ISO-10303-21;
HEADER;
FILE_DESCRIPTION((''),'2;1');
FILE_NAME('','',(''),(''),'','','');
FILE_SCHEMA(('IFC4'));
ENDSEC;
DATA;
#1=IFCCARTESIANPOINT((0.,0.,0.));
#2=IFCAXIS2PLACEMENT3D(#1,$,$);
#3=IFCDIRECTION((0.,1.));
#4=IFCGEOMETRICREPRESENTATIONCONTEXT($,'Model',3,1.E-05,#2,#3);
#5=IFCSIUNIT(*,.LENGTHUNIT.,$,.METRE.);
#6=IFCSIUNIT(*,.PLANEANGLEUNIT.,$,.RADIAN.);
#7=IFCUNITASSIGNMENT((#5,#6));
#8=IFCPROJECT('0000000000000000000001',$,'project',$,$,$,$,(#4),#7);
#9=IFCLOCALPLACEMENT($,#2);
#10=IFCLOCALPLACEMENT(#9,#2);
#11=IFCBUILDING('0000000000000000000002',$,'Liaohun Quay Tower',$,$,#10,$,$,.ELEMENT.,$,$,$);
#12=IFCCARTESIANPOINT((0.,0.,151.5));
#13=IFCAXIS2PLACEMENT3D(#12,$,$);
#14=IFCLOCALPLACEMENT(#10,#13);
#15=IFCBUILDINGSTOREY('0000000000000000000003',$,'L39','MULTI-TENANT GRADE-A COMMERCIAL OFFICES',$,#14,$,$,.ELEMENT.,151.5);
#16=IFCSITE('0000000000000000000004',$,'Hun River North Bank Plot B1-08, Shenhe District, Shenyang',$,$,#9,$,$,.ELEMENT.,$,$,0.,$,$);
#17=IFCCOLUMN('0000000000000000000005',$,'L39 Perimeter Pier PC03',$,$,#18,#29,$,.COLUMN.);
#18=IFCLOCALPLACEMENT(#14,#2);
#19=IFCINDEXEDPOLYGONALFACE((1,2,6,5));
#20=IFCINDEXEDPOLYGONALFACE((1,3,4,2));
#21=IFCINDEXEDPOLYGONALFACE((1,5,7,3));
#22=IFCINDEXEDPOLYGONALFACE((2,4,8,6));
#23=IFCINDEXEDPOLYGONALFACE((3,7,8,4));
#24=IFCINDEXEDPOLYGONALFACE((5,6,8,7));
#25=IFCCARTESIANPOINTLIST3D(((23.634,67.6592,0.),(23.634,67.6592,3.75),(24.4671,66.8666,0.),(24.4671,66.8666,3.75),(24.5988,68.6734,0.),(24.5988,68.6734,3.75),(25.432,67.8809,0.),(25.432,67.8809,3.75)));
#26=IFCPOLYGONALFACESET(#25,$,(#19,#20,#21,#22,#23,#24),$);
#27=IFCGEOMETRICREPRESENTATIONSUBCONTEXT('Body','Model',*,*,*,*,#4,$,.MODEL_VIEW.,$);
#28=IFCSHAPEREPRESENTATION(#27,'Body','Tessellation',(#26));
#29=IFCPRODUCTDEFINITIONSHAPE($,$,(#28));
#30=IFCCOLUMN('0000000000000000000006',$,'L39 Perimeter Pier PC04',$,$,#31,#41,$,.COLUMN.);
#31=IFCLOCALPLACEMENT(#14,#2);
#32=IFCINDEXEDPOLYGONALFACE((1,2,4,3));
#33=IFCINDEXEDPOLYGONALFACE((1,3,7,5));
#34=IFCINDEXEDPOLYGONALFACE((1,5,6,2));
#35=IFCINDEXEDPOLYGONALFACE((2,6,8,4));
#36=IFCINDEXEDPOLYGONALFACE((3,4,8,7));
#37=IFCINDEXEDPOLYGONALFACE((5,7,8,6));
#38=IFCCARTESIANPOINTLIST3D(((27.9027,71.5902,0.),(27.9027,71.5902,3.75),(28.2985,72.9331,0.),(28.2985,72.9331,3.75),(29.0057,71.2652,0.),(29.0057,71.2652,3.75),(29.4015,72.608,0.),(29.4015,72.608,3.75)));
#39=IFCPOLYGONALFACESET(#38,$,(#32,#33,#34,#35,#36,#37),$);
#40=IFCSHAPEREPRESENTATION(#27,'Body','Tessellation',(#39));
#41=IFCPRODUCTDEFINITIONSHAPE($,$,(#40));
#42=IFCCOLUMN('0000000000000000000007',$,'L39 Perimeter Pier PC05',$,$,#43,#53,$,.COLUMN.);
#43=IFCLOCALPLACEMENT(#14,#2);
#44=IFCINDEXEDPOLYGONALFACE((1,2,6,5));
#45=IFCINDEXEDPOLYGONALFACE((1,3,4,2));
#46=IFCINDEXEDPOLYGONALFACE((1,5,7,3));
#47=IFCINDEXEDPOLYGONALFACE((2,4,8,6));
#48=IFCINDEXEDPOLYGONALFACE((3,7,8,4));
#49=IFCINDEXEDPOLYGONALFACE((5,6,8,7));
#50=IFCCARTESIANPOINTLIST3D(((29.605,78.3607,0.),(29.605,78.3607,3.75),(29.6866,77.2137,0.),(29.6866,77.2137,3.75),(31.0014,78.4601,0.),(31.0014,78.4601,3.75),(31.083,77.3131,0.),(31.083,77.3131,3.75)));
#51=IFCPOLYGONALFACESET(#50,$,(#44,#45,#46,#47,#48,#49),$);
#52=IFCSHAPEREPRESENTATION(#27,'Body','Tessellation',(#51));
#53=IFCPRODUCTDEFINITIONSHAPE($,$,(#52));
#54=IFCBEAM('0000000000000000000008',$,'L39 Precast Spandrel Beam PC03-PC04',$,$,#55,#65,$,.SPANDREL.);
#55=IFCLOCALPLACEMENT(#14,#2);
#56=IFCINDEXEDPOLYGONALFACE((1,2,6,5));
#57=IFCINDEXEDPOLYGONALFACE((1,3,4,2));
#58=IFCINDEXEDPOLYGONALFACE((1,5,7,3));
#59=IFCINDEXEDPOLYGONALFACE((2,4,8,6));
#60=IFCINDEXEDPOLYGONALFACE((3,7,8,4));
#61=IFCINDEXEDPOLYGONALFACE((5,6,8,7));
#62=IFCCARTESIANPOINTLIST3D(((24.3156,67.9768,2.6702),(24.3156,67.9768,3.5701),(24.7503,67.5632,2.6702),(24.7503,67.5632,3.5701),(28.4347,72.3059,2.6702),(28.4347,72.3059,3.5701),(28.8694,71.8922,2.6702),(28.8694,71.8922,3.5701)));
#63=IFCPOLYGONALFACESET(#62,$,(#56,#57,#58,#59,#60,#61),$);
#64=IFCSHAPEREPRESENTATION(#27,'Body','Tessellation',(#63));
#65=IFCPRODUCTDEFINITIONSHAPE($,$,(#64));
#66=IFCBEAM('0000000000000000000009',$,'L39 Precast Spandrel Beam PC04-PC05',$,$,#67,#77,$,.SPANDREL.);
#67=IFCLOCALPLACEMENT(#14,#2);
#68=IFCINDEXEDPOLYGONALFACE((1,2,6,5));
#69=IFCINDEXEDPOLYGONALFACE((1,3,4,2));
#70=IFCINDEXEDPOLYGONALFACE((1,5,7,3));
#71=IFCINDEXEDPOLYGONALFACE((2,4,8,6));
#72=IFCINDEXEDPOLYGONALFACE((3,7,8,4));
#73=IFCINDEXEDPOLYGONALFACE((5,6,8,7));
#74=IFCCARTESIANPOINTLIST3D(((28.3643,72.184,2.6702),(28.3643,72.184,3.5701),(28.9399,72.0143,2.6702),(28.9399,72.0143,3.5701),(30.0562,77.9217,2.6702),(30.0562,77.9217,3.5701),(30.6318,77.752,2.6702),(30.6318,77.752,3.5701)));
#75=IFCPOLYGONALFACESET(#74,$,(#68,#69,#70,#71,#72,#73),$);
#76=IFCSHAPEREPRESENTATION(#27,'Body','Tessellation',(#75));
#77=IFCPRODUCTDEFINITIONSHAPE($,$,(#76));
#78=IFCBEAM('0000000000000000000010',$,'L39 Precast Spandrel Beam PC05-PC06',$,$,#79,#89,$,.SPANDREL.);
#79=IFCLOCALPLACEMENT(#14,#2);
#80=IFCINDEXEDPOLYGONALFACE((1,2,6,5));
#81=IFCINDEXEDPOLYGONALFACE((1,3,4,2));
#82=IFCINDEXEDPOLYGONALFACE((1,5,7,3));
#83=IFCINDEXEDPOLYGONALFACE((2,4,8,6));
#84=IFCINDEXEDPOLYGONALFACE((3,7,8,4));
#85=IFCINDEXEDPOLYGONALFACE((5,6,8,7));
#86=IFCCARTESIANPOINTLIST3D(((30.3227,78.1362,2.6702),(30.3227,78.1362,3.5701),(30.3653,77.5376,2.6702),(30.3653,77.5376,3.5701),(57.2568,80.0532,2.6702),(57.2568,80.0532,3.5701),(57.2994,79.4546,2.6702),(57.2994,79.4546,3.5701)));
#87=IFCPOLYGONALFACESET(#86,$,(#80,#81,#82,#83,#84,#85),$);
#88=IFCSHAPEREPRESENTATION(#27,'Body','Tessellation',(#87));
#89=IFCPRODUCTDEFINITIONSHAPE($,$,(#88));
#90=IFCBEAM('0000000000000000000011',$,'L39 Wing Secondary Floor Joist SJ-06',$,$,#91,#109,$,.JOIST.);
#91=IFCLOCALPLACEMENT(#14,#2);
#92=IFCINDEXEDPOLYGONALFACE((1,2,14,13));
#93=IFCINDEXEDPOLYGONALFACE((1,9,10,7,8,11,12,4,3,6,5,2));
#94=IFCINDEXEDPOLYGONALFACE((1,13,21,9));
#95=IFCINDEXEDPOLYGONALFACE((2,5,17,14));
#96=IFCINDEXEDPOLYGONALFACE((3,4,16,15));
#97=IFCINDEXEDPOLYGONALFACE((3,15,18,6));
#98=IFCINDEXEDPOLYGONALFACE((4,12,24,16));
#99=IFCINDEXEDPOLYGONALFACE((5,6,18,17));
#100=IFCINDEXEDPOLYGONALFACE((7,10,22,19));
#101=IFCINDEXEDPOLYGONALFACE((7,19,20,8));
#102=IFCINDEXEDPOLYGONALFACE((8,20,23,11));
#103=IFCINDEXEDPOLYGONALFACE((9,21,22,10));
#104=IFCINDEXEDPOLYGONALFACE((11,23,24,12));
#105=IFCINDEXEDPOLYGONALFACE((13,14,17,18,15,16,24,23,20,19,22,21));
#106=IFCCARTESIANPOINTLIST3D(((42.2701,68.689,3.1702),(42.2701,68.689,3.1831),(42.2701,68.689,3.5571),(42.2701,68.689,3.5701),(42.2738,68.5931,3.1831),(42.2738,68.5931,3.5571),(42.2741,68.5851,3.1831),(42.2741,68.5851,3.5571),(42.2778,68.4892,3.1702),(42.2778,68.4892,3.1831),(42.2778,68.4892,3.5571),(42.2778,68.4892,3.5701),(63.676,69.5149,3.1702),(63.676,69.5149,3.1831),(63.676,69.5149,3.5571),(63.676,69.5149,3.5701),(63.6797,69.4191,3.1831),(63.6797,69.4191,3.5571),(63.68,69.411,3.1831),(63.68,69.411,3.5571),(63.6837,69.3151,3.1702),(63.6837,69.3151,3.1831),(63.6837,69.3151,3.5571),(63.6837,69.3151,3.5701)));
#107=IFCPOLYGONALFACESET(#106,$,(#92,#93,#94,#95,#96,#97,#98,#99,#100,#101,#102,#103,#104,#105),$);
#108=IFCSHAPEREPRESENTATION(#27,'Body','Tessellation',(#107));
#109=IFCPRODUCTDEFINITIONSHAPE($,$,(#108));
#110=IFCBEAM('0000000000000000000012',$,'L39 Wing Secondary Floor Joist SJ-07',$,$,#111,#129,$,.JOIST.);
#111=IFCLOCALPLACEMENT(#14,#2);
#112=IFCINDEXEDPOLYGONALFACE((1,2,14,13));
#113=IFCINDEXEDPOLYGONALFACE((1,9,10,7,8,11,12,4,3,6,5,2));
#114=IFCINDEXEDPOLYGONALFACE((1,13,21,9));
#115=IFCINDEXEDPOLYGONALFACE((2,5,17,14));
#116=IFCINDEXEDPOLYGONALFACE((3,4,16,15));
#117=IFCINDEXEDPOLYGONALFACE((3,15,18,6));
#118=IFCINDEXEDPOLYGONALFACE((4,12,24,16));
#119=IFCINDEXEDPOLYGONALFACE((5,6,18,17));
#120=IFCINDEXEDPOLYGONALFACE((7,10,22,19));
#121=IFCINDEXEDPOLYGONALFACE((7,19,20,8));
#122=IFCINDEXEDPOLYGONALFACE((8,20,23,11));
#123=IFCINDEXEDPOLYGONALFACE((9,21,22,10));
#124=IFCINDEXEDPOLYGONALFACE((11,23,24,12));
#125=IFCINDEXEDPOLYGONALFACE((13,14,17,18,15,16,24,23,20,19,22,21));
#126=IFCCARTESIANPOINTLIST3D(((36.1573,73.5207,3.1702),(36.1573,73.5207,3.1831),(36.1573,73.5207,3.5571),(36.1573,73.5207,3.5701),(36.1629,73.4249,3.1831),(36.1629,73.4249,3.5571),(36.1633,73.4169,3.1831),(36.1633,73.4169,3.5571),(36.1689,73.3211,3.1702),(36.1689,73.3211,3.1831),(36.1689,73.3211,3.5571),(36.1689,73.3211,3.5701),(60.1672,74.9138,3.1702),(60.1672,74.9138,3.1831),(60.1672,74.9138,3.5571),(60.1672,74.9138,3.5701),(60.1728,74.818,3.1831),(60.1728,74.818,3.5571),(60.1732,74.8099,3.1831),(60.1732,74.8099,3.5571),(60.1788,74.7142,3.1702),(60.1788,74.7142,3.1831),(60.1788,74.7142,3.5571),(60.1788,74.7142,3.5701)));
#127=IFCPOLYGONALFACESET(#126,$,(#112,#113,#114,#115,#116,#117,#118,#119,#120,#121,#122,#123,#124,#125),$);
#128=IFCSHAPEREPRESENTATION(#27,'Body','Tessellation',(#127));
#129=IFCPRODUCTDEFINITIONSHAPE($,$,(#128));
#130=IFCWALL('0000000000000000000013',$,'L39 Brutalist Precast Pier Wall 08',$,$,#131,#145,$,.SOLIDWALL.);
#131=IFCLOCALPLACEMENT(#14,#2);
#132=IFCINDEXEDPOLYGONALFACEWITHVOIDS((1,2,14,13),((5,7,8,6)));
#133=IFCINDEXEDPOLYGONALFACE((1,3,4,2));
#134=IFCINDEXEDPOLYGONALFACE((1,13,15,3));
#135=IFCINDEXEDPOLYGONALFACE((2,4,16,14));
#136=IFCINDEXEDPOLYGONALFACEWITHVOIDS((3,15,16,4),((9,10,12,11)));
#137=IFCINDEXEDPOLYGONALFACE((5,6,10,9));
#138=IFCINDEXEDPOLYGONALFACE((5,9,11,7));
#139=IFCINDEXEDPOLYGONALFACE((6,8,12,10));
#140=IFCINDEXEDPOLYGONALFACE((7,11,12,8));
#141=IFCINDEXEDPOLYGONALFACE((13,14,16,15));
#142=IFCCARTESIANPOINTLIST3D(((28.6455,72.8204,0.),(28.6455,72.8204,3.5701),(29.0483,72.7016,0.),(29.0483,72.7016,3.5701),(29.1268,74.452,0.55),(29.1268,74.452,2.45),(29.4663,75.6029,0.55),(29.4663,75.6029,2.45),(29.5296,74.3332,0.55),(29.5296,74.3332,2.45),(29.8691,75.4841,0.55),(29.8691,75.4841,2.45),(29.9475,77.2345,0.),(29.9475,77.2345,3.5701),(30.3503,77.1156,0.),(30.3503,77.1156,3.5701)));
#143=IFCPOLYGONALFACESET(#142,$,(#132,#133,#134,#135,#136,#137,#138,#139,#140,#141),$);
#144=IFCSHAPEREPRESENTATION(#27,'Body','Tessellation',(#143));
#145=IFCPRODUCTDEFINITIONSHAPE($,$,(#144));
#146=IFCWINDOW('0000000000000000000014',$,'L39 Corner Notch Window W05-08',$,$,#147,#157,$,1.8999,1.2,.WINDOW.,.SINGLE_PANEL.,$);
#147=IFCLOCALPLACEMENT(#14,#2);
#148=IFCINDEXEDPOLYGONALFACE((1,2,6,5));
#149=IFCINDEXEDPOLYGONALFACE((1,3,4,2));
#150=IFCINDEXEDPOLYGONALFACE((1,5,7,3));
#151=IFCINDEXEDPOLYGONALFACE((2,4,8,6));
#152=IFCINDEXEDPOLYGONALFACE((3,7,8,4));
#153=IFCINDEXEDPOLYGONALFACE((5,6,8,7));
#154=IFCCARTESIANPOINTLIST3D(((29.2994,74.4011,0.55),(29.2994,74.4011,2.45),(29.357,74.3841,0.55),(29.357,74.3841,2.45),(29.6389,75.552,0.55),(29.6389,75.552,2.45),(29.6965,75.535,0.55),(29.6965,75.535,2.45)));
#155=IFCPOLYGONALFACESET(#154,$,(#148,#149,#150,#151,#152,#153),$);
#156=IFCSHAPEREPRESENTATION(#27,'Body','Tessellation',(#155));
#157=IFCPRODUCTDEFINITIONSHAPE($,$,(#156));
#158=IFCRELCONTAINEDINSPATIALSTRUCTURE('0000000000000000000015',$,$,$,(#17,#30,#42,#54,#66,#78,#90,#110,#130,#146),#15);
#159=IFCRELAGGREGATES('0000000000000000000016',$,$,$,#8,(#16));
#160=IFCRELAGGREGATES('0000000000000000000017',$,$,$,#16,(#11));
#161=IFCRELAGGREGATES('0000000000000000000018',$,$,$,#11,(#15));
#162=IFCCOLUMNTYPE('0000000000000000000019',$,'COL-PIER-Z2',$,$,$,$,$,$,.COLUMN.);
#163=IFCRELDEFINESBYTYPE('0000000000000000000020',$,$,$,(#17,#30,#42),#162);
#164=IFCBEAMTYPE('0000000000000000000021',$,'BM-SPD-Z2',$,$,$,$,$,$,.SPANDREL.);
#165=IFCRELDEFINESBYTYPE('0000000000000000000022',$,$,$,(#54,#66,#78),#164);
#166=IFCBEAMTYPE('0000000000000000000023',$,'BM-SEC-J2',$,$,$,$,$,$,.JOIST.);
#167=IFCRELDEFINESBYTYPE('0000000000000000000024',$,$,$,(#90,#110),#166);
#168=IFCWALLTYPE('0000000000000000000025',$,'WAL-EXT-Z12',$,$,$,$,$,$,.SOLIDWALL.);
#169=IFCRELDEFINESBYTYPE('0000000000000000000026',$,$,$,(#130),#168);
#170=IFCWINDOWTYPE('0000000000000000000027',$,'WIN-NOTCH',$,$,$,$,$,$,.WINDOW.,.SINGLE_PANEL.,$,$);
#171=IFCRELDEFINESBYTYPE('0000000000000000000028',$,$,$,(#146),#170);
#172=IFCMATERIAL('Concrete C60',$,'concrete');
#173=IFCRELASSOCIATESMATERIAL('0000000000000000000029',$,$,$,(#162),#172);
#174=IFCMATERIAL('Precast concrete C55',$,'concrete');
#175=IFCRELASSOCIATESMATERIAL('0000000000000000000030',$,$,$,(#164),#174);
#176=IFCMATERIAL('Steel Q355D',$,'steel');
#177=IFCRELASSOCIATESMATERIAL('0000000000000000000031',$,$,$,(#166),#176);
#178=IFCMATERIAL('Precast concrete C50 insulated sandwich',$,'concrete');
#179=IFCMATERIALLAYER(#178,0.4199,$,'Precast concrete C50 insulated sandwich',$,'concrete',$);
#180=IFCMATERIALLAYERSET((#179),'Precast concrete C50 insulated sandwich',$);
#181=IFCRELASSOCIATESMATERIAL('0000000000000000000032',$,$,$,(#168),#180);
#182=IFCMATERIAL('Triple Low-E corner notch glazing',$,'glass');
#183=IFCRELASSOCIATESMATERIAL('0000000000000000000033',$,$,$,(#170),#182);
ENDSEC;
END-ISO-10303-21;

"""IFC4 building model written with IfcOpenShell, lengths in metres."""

from ifc_helpers import new_model, si_unit, direction, frame, frame_2d, origin, origin_2d, place, context, subcontext, project, spatial, rectangle, i_section, extrude, source, transform, mapped, material, layer, layer_set, material_profile, profile_set, type_object, element, fill, save


model = new_model("IFC4")

# Units and contexts
model_context = context("Model", 3, precision=1e-05, world=origin(), true_north=direction((0.0, 1.0)))
body_context = subcontext(model_context, "Body", "Model", "MODEL_VIEW")
ifc_project = project(units=[si_unit("LENGTHUNIT", "METRE"), si_unit("PLANEANGLEUNIT", "RADIAN")], contexts=[model_context])

# Site, building, storey
site_placement = place(None, origin())
site = spatial("IfcSite", under=ifc_project, at=site_placement, Name="Hun River North Bank Plot B1-08, Shenhe District, Shenyang", CompositionType="ELEMENT", RefElevation=0.0)
building_placement = place(site_placement, origin())
building = spatial("IfcBuilding", under=site, at=building_placement, Name="Liaohun Quay Tower", CompositionType="ELEMENT")
storey_placement = place(building_placement, frame((0.0, 0.0, 151.5)))
storey = spatial("IfcBuildingStorey", under=building, at=storey_placement, Name="L39", Description="MULTI-TENANT GRADE-A COMMERCIAL OFFICES", CompositionType="ELEMENT", Elevation=151.5)

# Columns
ifc_material_1 = material(Name="Concrete C60", Category="concrete")
ifc_material_profile_1 = material_profile(ifc_material_1, rectangle(XDim=1.3999, YDim=1.1499, at=origin_2d()), Name="RC1400x1150")
ifc_profile_set_1 = profile_set([ifc_material_profile_1], Name="Concrete C60")
column_type = type_object("IfcColumnType", Name="COL-PIER-Z2", PredefinedType="COLUMN", material=ifc_profile_set_1)
shared_shape_1 = source(origin(), body_context, "Body", "SweptSolid", [
    extrude(rectangle(XDim=1.3999, YDim=1.1499, at=origin_2d()), origin(), (0.0, 0.0, 1.0), 3.75),
])
for number, where, z_axis, x_axis, name in (
    (1, (24.533, 67.77, 0.0), (0.0, 0.0, 1.0), (0.68924, 0.724533, 0.0), "L39 Perimeter Pier PC03"),
    (2, (28.6521, 72.0991, 0.0), (0.0, 0.0, 1.0), (0.282676, 0.959215, 0.0), "L39 Perimeter Pier PC04"),
    (3, (30.344, 77.8369, 0.0), (0.0, 0.0, 1.0), (0.997478, 0.070975, 0.0), "L39 Perimeter Pier PC05"),
):
    element("IfcColumn", number, at=place(storey_placement, frame(where, z_axis=z_axis, x_axis=x_axis)), inside=storey, type_object=column_type, Name=name, PredefinedType="COLUMN", context=body_context, shape_type="MappedRepresentation", body=[
        mapped(shared_shape_1, transform((0.0, 0.0, 0.0), x_axis=(1.0, 0.0, 0.0), y_axis=(0.0, 1.0, 0.0), z_axis=(0.0, 0.0, 1.0), scale=1.0)),
    ])

# Beams
ifc_material_2 = material(Name="Precast concrete C55", Category="concrete")
ifc_material_profile_2 = material_profile(ifc_material_2, rectangle(XDim=0.6001, YDim=0.8999, at=origin_2d()), Name="RC600x900")
ifc_profile_set_2 = profile_set([ifc_material_profile_2], Name="Precast concrete C55")
beam_type_1 = type_object("IfcBeamType", Name="BM-SPD-Z2", PredefinedType="SPANDREL", material=ifc_profile_set_2)
shared_shape_2 = source(origin(), body_context, "Body", "SweptSolid", [
    extrude(rectangle(XDim=0.6001, YDim=0.8999, at=origin_2d()), origin(), (0.0, 0.0, 1.0), 5.9756),
])
beam_1_placement = place(storey_placement, frame((24.533, 67.77, 3.1201), z_axis=(0.68932, 0.724457, 0.0), x_axis=(-0.724457, 0.68932, 0.0)))
element("IfcBeam", 4, at=beam_1_placement, inside=storey, type_object=beam_type_1, Name="L39 Precast Spandrel Beam PC03-PC04", PredefinedType="SPANDREL", context=body_context, shape_type="MappedRepresentation", body=[
    mapped(shared_shape_2, transform((0.0, 0.0, 0.0), x_axis=(1.0, 0.0, 0.0), y_axis=(0.0, 1.0, 0.0), z_axis=(0.0, 0.0, 1.0), scale=1.0)),
])
shared_shape_3 = source(origin(), body_context, "Body", "SweptSolid", [
    extrude(rectangle(XDim=0.6001, YDim=0.8999, at=origin_2d()), origin(), (0.0, 0.0, 1.0), 5.9819),
])
beam_2_placement = place(storey_placement, frame((28.6521, 72.0991, 3.1201), z_axis=(0.282829, 0.95917, 0.0), x_axis=(-0.95917, 0.282829, 0.0)))
element("IfcBeam", 5, at=beam_2_placement, inside=storey, type_object=beam_type_1, Name="L39 Precast Spandrel Beam PC04-PC05", PredefinedType="SPANDREL", context=body_context, shape_type="MappedRepresentation", body=[
    mapped(shared_shape_3, transform((0.0, 0.0, 0.0), x_axis=(1.0, 0.0, 0.0), y_axis=(0.0, 1.0, 0.0), z_axis=(0.0, 0.0, 1.0), scale=1.0)),
])
shared_shape_4 = source(origin(), body_context, "Body", "SweptSolid", [
    extrude(rectangle(XDim=0.6001, YDim=0.8999, at=origin_2d()), origin(), (0.0, 0.0, 1.0), 27.0022),
])
beam_3_placement = place(storey_placement, frame((30.344, 77.8369, 3.1201), z_axis=(0.997477, 0.070994, 0.0), x_axis=(-0.070994, 0.997477, 0.0)))
element("IfcBeam", 6, at=beam_3_placement, inside=storey, type_object=beam_type_1, Name="L39 Precast Spandrel Beam PC05-PC06", PredefinedType="SPANDREL", context=body_context, shape_type="MappedRepresentation", body=[
    mapped(shared_shape_4, transform((0.0, 0.0, 0.0), x_axis=(1.0, 0.0, 0.0), y_axis=(0.0, 1.0, 0.0), z_axis=(0.0, 0.0, 1.0), scale=1.0)),
])
ifc_material_3 = material(Name="Steel Q355D", Category="steel")
ifc_material_profile_3 = material_profile(ifc_material_3, i_section(OverallWidth=0.2, OverallDepth=0.3999, WebThickness=0.0081, FlangeThickness=0.0129, at=origin_2d()), Name="HN400x200x8x13")
ifc_profile_set_3 = profile_set([ifc_material_profile_3], Name="Steel Q355D")
beam_type_2 = type_object("IfcBeamType", Name="BM-SEC-J2", PredefinedType="JOIST", material=ifc_profile_set_3)
shared_shape_5 = source(origin(), body_context, "Body", "SweptSolid", [
    extrude(i_section(OverallWidth=0.2, OverallDepth=0.3999, WebThickness=0.0081, FlangeThickness=0.0129, at=origin_2d()), origin(), (0.0, 0.0, 1.0), 21.4219),
])
beam_4_placement = place(storey_placement, frame((42.2739, 68.5891, 3.3701), z_axis=(0.999256, 0.038555, 0.0), x_axis=(-0.038555, 0.999256, 0.0)))
element("IfcBeam", 7, at=beam_4_placement, inside=storey, type_object=beam_type_2, Name="L39 Wing Secondary Floor Joist SJ-06", PredefinedType="JOIST", context=body_context, shape_type="MappedRepresentation", body=[
    mapped(shared_shape_5, transform((0.0, 0.0, 0.0), x_axis=(1.0, 0.0, 0.0), y_axis=(0.0, 1.0, 0.0), z_axis=(0.0, 0.0, 1.0), scale=1.0)),
])
shared_shape_6 = source(origin(), body_context, "Body", "SweptSolid", [
    extrude(i_section(OverallWidth=0.2, OverallDepth=0.3999, WebThickness=0.0081, FlangeThickness=0.0129, at=origin_2d()), origin(), (0.0, 0.0, 1.0), 24.0503),
])
beam_5_placement = place(storey_placement, frame((36.1631, 73.4209, 3.3701), z_axis=(0.998321, 0.057923, 0.0), x_axis=(-0.057923, 0.998321, 0.0)))
element("IfcBeam", 8, at=beam_5_placement, inside=storey, type_object=beam_type_2, Name="L39 Wing Secondary Floor Joist SJ-07", PredefinedType="JOIST", context=body_context, shape_type="MappedRepresentation", body=[
    mapped(shared_shape_6, transform((0.0, 0.0, 0.0), x_axis=(1.0, 0.0, 0.0), y_axis=(0.0, 1.0, 0.0), z_axis=(0.0, 0.0, 1.0), scale=1.0)),
])

# Wall, opening, window
ifc_material_4 = material(Name="Precast concrete C50 insulated sandwich", Category="concrete")
ifc_layer_1 = layer(ifc_material_4, 0.4199, Name="Precast concrete C50 insulated sandwich", Category="concrete")
ifc_layer_set_1 = layer_set([ifc_layer_1], Name="Precast concrete C50 insulated sandwich")
wall_type_1 = type_object("IfcWallType", Name="WAL-EXT-Z12", PredefinedType="SOLIDWALL", material=ifc_layer_set_1)
wall_1_placement = place(storey_placement, frame((30.1489, 77.175, 0.0), z_axis=(0.0, 0.0, 1.0), x_axis=(-0.282916, -0.959145, 0.0)))
wall_1 = element("IfcWall", 9, at=wall_1_placement, inside=storey, type_object=wall_type_1, Name="L39 Brutalist Precast Pier Wall 08", PredefinedType="SOLIDWALL", context=body_context, shape_type="SweptSolid", body=[
    extrude(rectangle(XDim=4.6021, YDim=0.4199, at=frame_2d((2.301, 0.0))), origin(), (0.0, 0.0, 1.0), 3.5701),
])
shared_shape_7 = source(origin(), body_context, "Body", "SweptSolid", [
    extrude(rectangle(XDim=1.2, YDim=1.8999, at=frame_2d((0.6001, 0.95))), frame((0.0, 0.22, 0.0), z_axis=(0.0, -1.0, 0.0), x_axis=(1.0, 0.0, 0.0)), (0.0, 0.0, 1.0), 0.4399),
])
opening_1_placement = place(wall_1_placement, frame((1.7009, 0.0, 0.55)))
opening_1 = element("IfcOpeningElement", 10, at=opening_1_placement, cuts=wall_1, PredefinedType="OPENING", context=body_context, shape_type="MappedRepresentation", body=[
    mapped(shared_shape_7, transform((0.0, 0.0, 0.0), x_axis=(1.0, 0.0, 0.0), y_axis=(0.0, 1.0, 0.0), z_axis=(0.0, 0.0, 1.0), scale=1.0)),
])
ifc_material_5 = material(Name="Triple Low-E corner notch glazing", Category="glass")
window_type_1 = type_object("IfcWindowType", Name="WIN-NOTCH", PartitioningType="SINGLE_PANEL", PredefinedType="WINDOW", material=ifc_material_5)
shared_shape_8 = source(origin(), body_context, "Body", "SweptSolid", [
    extrude(rectangle(XDim=1.2, YDim=1.8999, at=frame_2d((0.6001, 0.95))), frame((0.0, 0.03, 0.0), z_axis=(0.0, -1.0, 0.0), x_axis=(1.0, 0.0, 0.0)), (0.0, 0.0, 1.0), 0.0601),
])
window_1_placement = place(opening_1_placement, origin())
window_1 = element("IfcWindow", 11, at=window_1_placement, inside=storey, type_object=window_type_1, Name="L39 Corner Notch Window W05-08", OverallHeight=1.8999, OverallWidth=1.2, PartitioningType="SINGLE_PANEL", PredefinedType="WINDOW", context=body_context, shape_type="MappedRepresentation", body=[
    mapped(shared_shape_8, transform((0.0, 0.0, 0.0), x_axis=(1.0, 0.0, 0.0), y_axis=(0.0, 1.0, 0.0), z_axis=(0.0, 0.0, 1.0), scale=1.0)),
])
fill(opening_1, window_1)

save(model, "model.ifc")
